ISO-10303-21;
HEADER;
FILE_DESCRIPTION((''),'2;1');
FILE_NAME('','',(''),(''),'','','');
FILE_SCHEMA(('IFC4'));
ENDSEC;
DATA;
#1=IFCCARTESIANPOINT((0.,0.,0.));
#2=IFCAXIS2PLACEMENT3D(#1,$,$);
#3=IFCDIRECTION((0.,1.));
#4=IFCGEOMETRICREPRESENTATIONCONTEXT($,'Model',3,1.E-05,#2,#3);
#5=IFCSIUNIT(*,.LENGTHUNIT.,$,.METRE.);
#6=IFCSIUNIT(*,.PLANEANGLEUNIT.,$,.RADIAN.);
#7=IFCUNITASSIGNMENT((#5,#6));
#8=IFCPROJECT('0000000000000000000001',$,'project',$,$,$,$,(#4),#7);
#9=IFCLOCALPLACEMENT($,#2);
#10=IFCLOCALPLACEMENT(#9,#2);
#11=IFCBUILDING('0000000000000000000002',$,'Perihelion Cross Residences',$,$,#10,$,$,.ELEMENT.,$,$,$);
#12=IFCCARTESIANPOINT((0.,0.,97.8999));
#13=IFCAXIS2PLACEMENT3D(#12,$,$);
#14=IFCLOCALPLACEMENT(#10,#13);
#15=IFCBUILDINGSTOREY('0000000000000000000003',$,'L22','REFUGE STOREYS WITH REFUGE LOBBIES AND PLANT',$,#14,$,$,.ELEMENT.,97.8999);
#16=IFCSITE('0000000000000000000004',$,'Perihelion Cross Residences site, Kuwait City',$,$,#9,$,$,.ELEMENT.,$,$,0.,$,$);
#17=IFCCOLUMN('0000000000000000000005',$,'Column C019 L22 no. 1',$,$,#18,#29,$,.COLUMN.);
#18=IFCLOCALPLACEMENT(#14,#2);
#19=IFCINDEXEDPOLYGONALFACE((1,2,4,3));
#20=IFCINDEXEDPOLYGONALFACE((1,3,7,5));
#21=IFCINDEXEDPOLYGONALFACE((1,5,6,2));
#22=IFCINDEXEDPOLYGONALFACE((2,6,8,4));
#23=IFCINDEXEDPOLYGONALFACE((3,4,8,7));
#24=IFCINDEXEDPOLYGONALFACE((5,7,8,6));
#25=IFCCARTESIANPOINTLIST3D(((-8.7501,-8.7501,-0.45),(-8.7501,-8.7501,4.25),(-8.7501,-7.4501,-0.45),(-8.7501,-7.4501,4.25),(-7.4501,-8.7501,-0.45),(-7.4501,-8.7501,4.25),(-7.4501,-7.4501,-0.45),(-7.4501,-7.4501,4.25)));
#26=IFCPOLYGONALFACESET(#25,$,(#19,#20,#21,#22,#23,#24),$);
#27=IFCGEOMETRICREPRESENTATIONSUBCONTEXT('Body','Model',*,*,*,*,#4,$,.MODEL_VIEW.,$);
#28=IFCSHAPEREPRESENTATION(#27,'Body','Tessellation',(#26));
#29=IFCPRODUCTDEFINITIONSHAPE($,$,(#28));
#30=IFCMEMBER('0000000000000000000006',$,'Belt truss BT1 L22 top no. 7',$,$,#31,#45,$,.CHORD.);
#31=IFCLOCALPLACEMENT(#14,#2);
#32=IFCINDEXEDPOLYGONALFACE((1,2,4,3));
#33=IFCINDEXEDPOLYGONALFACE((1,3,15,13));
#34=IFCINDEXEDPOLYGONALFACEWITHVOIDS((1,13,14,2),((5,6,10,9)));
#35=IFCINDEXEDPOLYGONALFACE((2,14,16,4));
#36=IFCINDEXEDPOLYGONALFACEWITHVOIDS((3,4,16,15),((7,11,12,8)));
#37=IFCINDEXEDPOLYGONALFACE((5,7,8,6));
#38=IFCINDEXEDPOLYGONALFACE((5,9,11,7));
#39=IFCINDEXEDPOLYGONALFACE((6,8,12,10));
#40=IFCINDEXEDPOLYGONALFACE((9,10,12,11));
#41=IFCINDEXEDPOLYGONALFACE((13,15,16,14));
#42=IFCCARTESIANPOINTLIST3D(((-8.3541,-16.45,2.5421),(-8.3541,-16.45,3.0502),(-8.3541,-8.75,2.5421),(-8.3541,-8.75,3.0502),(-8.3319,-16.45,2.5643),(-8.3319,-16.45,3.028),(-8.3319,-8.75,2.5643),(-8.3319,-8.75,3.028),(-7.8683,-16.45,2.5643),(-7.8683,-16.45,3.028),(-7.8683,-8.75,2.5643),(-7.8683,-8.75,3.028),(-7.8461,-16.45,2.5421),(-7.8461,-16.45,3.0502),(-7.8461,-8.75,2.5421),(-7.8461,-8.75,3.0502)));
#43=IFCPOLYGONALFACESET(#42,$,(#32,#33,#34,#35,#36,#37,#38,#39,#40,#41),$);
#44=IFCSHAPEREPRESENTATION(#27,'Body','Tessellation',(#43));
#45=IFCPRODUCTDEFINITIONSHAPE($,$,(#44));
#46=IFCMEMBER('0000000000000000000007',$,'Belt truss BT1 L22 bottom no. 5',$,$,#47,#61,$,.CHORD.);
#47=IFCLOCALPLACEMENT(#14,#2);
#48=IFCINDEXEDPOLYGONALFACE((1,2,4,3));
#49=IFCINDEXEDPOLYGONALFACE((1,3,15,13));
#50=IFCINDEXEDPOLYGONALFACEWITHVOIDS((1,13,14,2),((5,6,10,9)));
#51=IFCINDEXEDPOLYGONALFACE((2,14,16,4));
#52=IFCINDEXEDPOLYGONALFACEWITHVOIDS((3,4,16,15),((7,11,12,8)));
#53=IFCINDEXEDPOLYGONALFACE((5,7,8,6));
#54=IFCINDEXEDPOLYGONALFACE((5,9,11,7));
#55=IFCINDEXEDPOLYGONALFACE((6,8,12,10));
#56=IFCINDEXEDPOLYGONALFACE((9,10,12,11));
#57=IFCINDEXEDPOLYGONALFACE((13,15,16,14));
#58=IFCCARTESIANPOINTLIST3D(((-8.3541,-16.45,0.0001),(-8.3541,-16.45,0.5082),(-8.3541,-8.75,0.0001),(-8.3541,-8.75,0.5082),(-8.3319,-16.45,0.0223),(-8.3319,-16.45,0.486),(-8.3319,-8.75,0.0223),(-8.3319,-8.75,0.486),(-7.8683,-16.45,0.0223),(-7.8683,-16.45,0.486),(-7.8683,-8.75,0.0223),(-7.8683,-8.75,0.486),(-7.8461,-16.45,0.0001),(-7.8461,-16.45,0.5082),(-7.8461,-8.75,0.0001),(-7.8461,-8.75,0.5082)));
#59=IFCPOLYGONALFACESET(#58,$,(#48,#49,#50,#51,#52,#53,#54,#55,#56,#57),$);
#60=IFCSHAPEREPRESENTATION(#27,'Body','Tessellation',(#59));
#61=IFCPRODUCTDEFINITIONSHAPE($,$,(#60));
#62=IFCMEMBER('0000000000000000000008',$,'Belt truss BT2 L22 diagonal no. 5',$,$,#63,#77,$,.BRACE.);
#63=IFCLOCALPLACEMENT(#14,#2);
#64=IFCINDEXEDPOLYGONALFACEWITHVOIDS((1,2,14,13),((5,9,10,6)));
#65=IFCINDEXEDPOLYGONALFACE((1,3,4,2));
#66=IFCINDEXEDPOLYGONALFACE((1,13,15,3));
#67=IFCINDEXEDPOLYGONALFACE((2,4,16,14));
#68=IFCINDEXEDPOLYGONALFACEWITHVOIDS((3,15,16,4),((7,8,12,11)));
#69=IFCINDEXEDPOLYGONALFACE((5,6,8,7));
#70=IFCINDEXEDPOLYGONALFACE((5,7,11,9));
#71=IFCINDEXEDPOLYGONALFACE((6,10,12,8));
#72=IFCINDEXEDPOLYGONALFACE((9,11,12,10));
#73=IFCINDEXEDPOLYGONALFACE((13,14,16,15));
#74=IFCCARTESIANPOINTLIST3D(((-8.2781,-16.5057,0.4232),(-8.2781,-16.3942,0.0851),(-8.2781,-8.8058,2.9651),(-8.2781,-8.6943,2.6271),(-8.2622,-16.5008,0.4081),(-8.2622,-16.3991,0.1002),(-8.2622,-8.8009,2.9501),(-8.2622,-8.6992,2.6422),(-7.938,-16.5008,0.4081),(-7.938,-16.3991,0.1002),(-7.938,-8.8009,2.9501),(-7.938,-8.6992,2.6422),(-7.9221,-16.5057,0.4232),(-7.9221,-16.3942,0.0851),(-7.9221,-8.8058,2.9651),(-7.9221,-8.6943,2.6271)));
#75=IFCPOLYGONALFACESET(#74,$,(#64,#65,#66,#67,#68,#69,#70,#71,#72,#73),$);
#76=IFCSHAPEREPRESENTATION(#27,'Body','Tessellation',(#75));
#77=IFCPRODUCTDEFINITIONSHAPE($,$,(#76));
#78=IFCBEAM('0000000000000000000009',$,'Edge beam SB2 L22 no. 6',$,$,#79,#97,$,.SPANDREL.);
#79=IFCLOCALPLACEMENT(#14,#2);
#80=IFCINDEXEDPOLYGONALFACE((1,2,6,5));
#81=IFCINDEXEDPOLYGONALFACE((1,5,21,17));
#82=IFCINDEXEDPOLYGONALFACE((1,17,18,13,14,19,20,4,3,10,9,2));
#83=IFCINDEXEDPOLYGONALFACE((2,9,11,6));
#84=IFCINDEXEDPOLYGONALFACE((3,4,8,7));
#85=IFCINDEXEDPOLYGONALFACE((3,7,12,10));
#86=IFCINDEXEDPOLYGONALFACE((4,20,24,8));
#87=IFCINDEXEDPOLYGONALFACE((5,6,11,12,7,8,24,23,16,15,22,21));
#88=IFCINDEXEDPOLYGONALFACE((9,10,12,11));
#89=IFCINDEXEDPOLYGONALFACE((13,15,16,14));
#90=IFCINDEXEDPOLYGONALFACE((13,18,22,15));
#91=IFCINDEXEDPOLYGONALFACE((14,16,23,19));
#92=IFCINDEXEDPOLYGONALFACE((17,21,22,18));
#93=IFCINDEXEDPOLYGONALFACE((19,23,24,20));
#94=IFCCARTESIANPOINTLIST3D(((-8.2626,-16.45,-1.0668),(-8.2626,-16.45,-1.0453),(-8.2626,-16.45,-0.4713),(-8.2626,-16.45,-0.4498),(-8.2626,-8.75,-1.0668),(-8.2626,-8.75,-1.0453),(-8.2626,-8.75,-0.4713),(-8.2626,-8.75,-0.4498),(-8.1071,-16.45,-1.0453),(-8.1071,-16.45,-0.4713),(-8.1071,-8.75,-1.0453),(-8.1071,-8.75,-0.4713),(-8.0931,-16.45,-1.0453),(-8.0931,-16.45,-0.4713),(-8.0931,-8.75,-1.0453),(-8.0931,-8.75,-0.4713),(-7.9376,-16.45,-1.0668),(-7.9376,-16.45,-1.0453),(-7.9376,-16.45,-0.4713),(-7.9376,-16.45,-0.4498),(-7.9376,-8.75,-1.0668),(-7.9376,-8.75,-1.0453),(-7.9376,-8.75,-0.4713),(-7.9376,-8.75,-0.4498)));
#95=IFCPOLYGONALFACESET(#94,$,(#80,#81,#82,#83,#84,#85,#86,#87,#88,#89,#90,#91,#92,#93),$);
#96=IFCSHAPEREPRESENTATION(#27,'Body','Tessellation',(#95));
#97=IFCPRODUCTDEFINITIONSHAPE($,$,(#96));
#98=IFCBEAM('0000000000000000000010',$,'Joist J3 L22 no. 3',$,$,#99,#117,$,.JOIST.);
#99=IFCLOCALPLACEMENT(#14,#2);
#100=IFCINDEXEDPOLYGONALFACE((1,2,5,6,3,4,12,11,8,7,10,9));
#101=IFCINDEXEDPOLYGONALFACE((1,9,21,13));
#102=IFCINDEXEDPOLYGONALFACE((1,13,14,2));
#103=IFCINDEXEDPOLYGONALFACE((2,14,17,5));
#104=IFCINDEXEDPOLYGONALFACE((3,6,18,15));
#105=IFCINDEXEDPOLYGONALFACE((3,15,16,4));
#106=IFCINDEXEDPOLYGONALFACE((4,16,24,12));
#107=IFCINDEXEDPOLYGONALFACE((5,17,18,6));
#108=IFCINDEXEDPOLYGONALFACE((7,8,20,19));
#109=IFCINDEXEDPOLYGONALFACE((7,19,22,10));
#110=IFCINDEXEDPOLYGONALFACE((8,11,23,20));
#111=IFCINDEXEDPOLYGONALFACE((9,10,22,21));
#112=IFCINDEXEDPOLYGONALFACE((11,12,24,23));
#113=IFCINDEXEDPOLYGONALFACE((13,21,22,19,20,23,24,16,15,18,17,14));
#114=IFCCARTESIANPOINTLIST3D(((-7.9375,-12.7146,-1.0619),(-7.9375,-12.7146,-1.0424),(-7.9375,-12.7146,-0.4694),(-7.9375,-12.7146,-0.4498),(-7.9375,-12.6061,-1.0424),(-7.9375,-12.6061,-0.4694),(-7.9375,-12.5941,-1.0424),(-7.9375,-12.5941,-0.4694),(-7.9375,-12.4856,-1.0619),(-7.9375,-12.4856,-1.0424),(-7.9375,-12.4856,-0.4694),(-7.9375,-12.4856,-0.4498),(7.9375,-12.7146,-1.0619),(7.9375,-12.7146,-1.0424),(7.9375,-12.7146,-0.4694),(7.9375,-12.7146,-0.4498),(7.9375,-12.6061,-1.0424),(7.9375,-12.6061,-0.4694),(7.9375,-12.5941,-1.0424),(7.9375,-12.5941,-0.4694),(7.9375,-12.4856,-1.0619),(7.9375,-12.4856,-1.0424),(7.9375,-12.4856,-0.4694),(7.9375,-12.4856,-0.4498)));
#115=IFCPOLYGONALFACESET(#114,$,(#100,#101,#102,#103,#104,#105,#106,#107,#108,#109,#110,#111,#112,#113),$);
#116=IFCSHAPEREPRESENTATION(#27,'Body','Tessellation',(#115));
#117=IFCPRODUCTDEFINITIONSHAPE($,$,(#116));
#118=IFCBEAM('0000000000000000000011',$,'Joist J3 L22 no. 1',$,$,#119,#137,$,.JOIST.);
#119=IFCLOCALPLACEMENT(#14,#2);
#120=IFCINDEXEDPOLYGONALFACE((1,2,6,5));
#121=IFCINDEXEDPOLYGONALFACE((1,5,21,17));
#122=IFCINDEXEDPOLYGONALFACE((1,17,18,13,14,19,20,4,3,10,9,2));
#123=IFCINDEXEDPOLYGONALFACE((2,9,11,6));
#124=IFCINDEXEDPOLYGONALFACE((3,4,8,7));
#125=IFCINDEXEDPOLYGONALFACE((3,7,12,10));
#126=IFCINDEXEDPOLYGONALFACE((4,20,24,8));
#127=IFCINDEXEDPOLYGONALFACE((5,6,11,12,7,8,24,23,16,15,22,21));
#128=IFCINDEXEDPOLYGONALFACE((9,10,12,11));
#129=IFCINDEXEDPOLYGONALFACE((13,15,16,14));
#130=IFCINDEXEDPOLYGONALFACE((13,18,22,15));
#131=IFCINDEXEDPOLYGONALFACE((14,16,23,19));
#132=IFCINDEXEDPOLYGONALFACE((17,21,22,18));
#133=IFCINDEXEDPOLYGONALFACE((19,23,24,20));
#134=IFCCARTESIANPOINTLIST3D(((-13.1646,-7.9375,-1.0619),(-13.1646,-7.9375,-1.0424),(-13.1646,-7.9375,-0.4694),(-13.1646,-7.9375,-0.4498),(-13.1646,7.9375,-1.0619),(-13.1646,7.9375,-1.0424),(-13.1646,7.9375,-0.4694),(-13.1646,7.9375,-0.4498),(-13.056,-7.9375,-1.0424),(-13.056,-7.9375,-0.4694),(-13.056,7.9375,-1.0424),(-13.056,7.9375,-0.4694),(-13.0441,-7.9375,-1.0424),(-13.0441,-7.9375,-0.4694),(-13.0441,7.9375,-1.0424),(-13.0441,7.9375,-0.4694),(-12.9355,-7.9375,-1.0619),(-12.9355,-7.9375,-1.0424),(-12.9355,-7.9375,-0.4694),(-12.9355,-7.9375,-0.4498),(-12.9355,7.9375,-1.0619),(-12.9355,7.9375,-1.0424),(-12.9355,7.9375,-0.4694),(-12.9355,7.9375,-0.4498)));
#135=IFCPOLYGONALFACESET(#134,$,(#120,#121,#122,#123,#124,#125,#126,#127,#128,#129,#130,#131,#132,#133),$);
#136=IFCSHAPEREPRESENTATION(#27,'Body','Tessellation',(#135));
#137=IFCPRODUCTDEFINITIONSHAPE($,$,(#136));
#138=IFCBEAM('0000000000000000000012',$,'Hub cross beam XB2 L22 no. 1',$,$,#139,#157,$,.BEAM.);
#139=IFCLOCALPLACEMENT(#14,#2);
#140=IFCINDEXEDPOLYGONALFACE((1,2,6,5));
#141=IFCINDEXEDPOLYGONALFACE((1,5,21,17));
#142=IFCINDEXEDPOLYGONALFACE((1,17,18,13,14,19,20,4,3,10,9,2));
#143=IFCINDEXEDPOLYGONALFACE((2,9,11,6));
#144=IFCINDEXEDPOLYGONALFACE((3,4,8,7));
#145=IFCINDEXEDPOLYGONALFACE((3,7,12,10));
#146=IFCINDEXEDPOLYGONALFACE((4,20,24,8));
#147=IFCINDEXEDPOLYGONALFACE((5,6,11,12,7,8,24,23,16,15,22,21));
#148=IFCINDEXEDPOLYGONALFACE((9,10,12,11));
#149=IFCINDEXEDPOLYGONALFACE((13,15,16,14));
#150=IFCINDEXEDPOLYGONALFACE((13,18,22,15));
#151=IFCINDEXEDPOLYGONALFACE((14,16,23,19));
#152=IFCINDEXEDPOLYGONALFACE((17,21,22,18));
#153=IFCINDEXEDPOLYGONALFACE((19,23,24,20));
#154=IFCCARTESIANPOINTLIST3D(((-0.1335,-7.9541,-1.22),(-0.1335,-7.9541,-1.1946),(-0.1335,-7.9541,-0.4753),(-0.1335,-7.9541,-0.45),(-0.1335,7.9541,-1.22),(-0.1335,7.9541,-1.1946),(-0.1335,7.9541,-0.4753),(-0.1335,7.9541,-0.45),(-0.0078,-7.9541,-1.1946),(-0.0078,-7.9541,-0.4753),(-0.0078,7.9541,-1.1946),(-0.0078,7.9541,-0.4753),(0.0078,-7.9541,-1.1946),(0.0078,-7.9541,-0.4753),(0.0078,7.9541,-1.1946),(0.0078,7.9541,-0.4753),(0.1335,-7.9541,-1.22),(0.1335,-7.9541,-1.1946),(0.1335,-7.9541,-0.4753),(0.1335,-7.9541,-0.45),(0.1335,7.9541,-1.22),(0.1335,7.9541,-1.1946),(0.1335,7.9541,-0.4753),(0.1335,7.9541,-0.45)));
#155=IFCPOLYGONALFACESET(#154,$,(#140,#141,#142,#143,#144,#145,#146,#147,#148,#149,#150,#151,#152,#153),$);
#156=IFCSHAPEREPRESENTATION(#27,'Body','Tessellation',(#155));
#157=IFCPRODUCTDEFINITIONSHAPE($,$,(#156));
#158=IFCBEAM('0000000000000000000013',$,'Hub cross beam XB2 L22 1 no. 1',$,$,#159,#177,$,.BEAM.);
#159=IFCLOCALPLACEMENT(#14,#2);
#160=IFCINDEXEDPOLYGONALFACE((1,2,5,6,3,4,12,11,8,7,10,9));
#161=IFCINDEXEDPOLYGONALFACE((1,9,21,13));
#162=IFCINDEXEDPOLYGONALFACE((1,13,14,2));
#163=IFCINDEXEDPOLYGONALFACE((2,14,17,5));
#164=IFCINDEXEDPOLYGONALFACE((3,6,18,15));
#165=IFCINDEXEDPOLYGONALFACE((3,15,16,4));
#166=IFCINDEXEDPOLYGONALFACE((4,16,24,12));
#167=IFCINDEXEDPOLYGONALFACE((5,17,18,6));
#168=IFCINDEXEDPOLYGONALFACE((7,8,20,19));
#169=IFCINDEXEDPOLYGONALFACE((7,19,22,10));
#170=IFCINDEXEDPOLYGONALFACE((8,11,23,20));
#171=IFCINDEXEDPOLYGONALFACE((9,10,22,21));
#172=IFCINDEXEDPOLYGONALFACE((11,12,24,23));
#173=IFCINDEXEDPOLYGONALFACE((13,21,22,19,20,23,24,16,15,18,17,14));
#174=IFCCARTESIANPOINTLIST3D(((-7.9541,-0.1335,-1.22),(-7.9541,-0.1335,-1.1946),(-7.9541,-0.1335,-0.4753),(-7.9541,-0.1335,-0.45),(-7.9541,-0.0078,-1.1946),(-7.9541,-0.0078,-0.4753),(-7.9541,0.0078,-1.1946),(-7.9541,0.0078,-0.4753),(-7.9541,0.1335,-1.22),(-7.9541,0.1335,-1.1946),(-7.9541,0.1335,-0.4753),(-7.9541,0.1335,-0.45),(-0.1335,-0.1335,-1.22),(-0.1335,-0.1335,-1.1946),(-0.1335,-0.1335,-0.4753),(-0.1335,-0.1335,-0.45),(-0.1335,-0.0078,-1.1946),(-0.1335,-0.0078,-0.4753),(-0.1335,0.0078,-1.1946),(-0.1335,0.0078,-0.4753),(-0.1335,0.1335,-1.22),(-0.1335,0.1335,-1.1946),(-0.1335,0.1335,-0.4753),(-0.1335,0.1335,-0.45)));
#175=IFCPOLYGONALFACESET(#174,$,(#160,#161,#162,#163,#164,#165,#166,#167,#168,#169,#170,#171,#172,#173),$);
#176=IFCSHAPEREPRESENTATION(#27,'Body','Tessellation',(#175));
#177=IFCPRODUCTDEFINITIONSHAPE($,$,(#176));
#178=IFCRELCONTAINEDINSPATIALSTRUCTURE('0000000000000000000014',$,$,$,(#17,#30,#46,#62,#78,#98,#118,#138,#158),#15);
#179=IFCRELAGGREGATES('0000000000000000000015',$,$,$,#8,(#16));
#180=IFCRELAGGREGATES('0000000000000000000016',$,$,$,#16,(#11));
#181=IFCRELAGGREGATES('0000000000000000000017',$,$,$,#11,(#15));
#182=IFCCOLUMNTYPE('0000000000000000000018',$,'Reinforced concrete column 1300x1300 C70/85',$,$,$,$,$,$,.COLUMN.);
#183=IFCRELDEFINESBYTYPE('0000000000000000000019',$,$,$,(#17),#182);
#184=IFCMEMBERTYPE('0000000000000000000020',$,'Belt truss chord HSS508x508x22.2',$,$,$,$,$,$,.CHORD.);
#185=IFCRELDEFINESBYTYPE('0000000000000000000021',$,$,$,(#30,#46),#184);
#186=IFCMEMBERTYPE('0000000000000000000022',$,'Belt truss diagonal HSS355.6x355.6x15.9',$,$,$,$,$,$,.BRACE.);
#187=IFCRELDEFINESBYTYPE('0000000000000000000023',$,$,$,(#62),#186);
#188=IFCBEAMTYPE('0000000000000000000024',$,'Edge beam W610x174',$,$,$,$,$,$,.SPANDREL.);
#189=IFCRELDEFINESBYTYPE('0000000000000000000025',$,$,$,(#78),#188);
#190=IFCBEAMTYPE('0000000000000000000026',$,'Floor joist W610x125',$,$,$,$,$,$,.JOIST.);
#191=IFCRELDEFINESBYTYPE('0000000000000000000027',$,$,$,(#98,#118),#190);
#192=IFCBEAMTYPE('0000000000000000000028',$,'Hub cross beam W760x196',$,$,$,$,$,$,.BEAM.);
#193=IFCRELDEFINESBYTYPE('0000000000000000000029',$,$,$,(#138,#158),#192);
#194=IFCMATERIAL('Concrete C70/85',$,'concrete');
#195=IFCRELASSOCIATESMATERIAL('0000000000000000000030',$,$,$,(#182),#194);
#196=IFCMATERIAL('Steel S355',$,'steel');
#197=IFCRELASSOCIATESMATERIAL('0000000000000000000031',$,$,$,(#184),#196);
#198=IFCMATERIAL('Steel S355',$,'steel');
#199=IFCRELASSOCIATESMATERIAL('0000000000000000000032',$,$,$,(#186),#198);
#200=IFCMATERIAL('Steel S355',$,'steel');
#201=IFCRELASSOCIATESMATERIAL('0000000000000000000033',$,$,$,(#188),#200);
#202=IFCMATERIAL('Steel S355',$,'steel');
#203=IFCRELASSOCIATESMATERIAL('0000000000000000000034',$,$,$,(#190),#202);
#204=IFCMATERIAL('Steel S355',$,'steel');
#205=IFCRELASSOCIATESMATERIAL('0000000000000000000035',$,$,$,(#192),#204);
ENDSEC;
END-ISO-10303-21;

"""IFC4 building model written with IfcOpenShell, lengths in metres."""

from ifc_helpers import new_model, si_unit, direction, frame, origin, origin_2d, place, context, subcontext, project, spatial, rectangle, hollow_rectangle, i_section, extrude, material, material_profile, profile_set, type_object, element, save


model = new_model("IFC4")

# Units and contexts
model_context = context("Model", 3, precision=1e-05, world=origin(), true_north=direction((0.0, 1.0)))
body_context = subcontext(model_context, "Body", "Model", "MODEL_VIEW")
ifc_project = project(units=[si_unit("LENGTHUNIT", "METRE"), si_unit("PLANEANGLEUNIT", "RADIAN")], contexts=[model_context])

# Site, building, storey
site_placement = place(None, origin())
site = spatial("IfcSite", under=ifc_project, at=site_placement, Name="Perihelion Cross Residences site, Kuwait City", CompositionType="ELEMENT", RefElevation=0.0)
building_placement = place(site_placement, origin())
building = spatial("IfcBuilding", under=site, at=building_placement, Name="Perihelion Cross Residences", CompositionType="ELEMENT")
storey_placement = place(building_placement, frame((0.0, 0.0, 97.8999)))
storey = spatial("IfcBuildingStorey", under=building, at=storey_placement, Name="L22", Description="REFUGE STOREYS WITH REFUGE LOBBIES AND PLANT", CompositionType="ELEMENT", Elevation=97.8999)

# Column
ifc_material_1 = material(Name="Concrete C70/85", Category="concrete")
ifc_material_profile_1 = material_profile(ifc_material_1, rectangle(XDim=1.3, YDim=1.3, at=origin_2d()), Name="RC 1300x1300")
ifc_profile_set_1 = profile_set([ifc_material_profile_1], Name="Concrete C70/85")
column_type = type_object("IfcColumnType", Name="Reinforced concrete column 1300x1300 C70/85", PredefinedType="COLUMN", material=ifc_profile_set_1)
column_placement = place(storey_placement, frame((-8.1001, -8.1001, -0.45), z_axis=(0.0, 0.0, 1.0), x_axis=(1.0, 0.0, 0.0)))
element("IfcColumn", 1, at=column_placement, inside=storey, type_object=column_type, Name="Column C019 L22 no. 1", PredefinedType="COLUMN", context=body_context, shape_type="SweptSolid", body=[
    extrude(rectangle(XDim=1.3, YDim=1.3, at=origin_2d()), origin(), (0.0, 0.0, 1.0), 4.7),
])

# Members
ifc_material_2 = material(Name="Steel S355", Category="steel")
ifc_material_profile_2 = material_profile(ifc_material_2, hollow_rectangle(XDim=0.5081, YDim=0.5081, WallThickness=0.0222, at=origin_2d()), Name="HSS508x508x22.2")
ifc_profile_set_2 = profile_set([ifc_material_profile_2], Name="Steel S355")
member_type_1 = type_object("IfcMemberType", Name="Belt truss chord HSS508x508x22.2", PredefinedType="CHORD", material=ifc_profile_set_2)
for number, where, z_axis, x_axis, name in (
    (2, (-8.1001, -8.75, 2.7961), (0.0, -1.0, 0.0), (1.0, 0.0, 0.0), "Belt truss BT1 L22 top no. 7"),
    (3, (-8.1001, -8.75, 0.2542), (0.0, -1.0, 0.0), (1.0, 0.0, 0.0), "Belt truss BT1 L22 bottom no. 5"),
):
    element("IfcMember", number, at=place(storey_placement, frame(where, z_axis=z_axis, x_axis=x_axis)), inside=storey, type_object=member_type_1, Name=name, PredefinedType="CHORD", context=body_context, shape_type="SweptSolid", body=[
        extrude(hollow_rectangle(XDim=0.5081, YDim=0.5081, WallThickness=0.0222, at=origin_2d()), origin(), (0.0, 0.0, 1.0), 7.7),
    ])
ifc_material_3 = material(Name="Steel S355", Category="steel")
ifc_material_profile_3 = material_profile(ifc_material_3, hollow_rectangle(XDim=0.356, YDim=0.356, WallThickness=0.0159, at=origin_2d()), Name="HSS355.6x355.6x15.9")
ifc_profile_set_3 = profile_set([ifc_material_profile_3], Name="Steel S355")
member_type_2 = type_object("IfcMemberType", Name="Belt truss diagonal HSS355.6x355.6x15.9", PredefinedType="BRACE", material=ifc_profile_set_3)
member_placement = place(storey_placement, frame((-8.1001, -16.45, 0.2542), z_axis=(0.0, 0.949592, 0.31349), x_axis=(-1.0, 0.0, 0.0)))
element("IfcMember", 4, at=member_placement, inside=storey, type_object=member_type_2, Name="Belt truss BT2 L22 diagonal no. 5", PredefinedType="BRACE", context=body_context, shape_type="SweptSolid", body=[
    extrude(hollow_rectangle(XDim=0.356, YDim=0.356, WallThickness=0.0159, at=origin_2d()), origin(), (0.0, 0.0, 1.0), 8.1086),
])

# Beams
ifc_material_4 = material(Name="Steel S355", Category="steel")
ifc_material_profile_4 = material_profile(ifc_material_4, i_section(OverallWidth=0.325, OverallDepth=0.6169, WebThickness=0.0139, FlangeThickness=0.0215, at=origin_2d()), Name="W610x174")
ifc_profile_set_4 = profile_set([ifc_material_profile_4], Name="Steel S355")
beam_type_1 = type_object("IfcBeamType", Name="Edge beam W610x174", PredefinedType="SPANDREL", material=ifc_profile_set_4)
beam_1_placement = place(storey_placement, frame((-8.1001, -8.75, -0.7583), z_axis=(0.0, -1.0, 0.0), x_axis=(1.0, 0.0, 0.0)))
element("IfcBeam", 5, at=beam_1_placement, inside=storey, type_object=beam_type_1, Name="Edge beam SB2 L22 no. 6", PredefinedType="SPANDREL", context=body_context, shape_type="SweptSolid", body=[
    extrude(i_section(OverallWidth=0.325, OverallDepth=0.6169, WebThickness=0.0139, FlangeThickness=0.0215, at=origin_2d()), origin(), (0.0, 0.0, 1.0), 7.7),
])
ifc_material_5 = material(Name="Steel S355", Category="steel")
ifc_material_profile_5 = material_profile(ifc_material_5, i_section(OverallWidth=0.229, OverallDepth=0.6121, WebThickness=0.012, FlangeThickness=0.0195, at=origin_2d()), Name="W610x125")
ifc_profile_set_5 = profile_set([ifc_material_profile_5], Name="Steel S355")
beam_type_2 = type_object("IfcBeamType", Name="Floor joist W610x125", PredefinedType="JOIST", material=ifc_profile_set_5)
for number, where, z_axis, x_axis, name in (
    (6, (-7.9375, -12.6001, -0.7559), (1.0, 0.0, 0.0), (0.0, 1.0, 0.0), "Joist J3 L22 no. 3"),
    (7, (-13.05, -7.9375, -0.7559), (0.0, 1.0, 0.0), (-1.0, 0.0, 0.0), "Joist J3 L22 no. 1"),
):
    element("IfcBeam", number, at=place(storey_placement, frame(where, z_axis=z_axis, x_axis=x_axis)), inside=storey, type_object=beam_type_2, Name=name, PredefinedType="JOIST", context=body_context, shape_type="SweptSolid", body=[
        extrude(i_section(OverallWidth=0.229, OverallDepth=0.6121, WebThickness=0.012, FlangeThickness=0.0195, at=origin_2d()), origin(), (0.0, 0.0, 1.0), 15.875),
    ])
ifc_material_6 = material(Name="Steel S355", Category="steel")
ifc_material_profile_6 = material_profile(ifc_material_6, i_section(OverallWidth=0.2671, OverallDepth=0.77, WebThickness=0.0156, FlangeThickness=0.0254, at=origin_2d()), Name="W760x196")
ifc_profile_set_6 = profile_set([ifc_material_profile_6], Name="Steel S355")
beam_type_3 = type_object("IfcBeamType", Name="Hub cross beam W760x196", PredefinedType="BEAM", material=ifc_profile_set_6)
beam_2_placement = place(storey_placement, frame((0.0, -7.9541, -0.835), z_axis=(0.0, 1.0, 0.0), x_axis=(-1.0, 0.0, 0.0)))
element("IfcBeam", 8, at=beam_2_placement, inside=storey, type_object=beam_type_3, Name="Hub cross beam XB2 L22 no. 1", PredefinedType="BEAM", context=body_context, shape_type="SweptSolid", body=[
    extrude(i_section(OverallWidth=0.2671, OverallDepth=0.77, WebThickness=0.0156, FlangeThickness=0.0254, at=origin_2d()), origin(), (0.0, 0.0, 1.0), 15.9082),
])
beam_3_placement = place(storey_placement, frame((-7.9541, 0.0, -0.835), z_axis=(1.0, 0.0, 0.0), x_axis=(0.0, 1.0, 0.0)))
element("IfcBeam", 9, at=beam_3_placement, inside=storey, type_object=beam_type_3, Name="Hub cross beam XB2 L22 1 no. 1", PredefinedType="BEAM", context=body_context, shape_type="SweptSolid", body=[
    extrude(i_section(OverallWidth=0.2671, OverallDepth=0.77, WebThickness=0.0156, FlangeThickness=0.0254, at=origin_2d()), origin(), (0.0, 0.0, 1.0), 7.8206),
])

save(model, "model.ifc")
